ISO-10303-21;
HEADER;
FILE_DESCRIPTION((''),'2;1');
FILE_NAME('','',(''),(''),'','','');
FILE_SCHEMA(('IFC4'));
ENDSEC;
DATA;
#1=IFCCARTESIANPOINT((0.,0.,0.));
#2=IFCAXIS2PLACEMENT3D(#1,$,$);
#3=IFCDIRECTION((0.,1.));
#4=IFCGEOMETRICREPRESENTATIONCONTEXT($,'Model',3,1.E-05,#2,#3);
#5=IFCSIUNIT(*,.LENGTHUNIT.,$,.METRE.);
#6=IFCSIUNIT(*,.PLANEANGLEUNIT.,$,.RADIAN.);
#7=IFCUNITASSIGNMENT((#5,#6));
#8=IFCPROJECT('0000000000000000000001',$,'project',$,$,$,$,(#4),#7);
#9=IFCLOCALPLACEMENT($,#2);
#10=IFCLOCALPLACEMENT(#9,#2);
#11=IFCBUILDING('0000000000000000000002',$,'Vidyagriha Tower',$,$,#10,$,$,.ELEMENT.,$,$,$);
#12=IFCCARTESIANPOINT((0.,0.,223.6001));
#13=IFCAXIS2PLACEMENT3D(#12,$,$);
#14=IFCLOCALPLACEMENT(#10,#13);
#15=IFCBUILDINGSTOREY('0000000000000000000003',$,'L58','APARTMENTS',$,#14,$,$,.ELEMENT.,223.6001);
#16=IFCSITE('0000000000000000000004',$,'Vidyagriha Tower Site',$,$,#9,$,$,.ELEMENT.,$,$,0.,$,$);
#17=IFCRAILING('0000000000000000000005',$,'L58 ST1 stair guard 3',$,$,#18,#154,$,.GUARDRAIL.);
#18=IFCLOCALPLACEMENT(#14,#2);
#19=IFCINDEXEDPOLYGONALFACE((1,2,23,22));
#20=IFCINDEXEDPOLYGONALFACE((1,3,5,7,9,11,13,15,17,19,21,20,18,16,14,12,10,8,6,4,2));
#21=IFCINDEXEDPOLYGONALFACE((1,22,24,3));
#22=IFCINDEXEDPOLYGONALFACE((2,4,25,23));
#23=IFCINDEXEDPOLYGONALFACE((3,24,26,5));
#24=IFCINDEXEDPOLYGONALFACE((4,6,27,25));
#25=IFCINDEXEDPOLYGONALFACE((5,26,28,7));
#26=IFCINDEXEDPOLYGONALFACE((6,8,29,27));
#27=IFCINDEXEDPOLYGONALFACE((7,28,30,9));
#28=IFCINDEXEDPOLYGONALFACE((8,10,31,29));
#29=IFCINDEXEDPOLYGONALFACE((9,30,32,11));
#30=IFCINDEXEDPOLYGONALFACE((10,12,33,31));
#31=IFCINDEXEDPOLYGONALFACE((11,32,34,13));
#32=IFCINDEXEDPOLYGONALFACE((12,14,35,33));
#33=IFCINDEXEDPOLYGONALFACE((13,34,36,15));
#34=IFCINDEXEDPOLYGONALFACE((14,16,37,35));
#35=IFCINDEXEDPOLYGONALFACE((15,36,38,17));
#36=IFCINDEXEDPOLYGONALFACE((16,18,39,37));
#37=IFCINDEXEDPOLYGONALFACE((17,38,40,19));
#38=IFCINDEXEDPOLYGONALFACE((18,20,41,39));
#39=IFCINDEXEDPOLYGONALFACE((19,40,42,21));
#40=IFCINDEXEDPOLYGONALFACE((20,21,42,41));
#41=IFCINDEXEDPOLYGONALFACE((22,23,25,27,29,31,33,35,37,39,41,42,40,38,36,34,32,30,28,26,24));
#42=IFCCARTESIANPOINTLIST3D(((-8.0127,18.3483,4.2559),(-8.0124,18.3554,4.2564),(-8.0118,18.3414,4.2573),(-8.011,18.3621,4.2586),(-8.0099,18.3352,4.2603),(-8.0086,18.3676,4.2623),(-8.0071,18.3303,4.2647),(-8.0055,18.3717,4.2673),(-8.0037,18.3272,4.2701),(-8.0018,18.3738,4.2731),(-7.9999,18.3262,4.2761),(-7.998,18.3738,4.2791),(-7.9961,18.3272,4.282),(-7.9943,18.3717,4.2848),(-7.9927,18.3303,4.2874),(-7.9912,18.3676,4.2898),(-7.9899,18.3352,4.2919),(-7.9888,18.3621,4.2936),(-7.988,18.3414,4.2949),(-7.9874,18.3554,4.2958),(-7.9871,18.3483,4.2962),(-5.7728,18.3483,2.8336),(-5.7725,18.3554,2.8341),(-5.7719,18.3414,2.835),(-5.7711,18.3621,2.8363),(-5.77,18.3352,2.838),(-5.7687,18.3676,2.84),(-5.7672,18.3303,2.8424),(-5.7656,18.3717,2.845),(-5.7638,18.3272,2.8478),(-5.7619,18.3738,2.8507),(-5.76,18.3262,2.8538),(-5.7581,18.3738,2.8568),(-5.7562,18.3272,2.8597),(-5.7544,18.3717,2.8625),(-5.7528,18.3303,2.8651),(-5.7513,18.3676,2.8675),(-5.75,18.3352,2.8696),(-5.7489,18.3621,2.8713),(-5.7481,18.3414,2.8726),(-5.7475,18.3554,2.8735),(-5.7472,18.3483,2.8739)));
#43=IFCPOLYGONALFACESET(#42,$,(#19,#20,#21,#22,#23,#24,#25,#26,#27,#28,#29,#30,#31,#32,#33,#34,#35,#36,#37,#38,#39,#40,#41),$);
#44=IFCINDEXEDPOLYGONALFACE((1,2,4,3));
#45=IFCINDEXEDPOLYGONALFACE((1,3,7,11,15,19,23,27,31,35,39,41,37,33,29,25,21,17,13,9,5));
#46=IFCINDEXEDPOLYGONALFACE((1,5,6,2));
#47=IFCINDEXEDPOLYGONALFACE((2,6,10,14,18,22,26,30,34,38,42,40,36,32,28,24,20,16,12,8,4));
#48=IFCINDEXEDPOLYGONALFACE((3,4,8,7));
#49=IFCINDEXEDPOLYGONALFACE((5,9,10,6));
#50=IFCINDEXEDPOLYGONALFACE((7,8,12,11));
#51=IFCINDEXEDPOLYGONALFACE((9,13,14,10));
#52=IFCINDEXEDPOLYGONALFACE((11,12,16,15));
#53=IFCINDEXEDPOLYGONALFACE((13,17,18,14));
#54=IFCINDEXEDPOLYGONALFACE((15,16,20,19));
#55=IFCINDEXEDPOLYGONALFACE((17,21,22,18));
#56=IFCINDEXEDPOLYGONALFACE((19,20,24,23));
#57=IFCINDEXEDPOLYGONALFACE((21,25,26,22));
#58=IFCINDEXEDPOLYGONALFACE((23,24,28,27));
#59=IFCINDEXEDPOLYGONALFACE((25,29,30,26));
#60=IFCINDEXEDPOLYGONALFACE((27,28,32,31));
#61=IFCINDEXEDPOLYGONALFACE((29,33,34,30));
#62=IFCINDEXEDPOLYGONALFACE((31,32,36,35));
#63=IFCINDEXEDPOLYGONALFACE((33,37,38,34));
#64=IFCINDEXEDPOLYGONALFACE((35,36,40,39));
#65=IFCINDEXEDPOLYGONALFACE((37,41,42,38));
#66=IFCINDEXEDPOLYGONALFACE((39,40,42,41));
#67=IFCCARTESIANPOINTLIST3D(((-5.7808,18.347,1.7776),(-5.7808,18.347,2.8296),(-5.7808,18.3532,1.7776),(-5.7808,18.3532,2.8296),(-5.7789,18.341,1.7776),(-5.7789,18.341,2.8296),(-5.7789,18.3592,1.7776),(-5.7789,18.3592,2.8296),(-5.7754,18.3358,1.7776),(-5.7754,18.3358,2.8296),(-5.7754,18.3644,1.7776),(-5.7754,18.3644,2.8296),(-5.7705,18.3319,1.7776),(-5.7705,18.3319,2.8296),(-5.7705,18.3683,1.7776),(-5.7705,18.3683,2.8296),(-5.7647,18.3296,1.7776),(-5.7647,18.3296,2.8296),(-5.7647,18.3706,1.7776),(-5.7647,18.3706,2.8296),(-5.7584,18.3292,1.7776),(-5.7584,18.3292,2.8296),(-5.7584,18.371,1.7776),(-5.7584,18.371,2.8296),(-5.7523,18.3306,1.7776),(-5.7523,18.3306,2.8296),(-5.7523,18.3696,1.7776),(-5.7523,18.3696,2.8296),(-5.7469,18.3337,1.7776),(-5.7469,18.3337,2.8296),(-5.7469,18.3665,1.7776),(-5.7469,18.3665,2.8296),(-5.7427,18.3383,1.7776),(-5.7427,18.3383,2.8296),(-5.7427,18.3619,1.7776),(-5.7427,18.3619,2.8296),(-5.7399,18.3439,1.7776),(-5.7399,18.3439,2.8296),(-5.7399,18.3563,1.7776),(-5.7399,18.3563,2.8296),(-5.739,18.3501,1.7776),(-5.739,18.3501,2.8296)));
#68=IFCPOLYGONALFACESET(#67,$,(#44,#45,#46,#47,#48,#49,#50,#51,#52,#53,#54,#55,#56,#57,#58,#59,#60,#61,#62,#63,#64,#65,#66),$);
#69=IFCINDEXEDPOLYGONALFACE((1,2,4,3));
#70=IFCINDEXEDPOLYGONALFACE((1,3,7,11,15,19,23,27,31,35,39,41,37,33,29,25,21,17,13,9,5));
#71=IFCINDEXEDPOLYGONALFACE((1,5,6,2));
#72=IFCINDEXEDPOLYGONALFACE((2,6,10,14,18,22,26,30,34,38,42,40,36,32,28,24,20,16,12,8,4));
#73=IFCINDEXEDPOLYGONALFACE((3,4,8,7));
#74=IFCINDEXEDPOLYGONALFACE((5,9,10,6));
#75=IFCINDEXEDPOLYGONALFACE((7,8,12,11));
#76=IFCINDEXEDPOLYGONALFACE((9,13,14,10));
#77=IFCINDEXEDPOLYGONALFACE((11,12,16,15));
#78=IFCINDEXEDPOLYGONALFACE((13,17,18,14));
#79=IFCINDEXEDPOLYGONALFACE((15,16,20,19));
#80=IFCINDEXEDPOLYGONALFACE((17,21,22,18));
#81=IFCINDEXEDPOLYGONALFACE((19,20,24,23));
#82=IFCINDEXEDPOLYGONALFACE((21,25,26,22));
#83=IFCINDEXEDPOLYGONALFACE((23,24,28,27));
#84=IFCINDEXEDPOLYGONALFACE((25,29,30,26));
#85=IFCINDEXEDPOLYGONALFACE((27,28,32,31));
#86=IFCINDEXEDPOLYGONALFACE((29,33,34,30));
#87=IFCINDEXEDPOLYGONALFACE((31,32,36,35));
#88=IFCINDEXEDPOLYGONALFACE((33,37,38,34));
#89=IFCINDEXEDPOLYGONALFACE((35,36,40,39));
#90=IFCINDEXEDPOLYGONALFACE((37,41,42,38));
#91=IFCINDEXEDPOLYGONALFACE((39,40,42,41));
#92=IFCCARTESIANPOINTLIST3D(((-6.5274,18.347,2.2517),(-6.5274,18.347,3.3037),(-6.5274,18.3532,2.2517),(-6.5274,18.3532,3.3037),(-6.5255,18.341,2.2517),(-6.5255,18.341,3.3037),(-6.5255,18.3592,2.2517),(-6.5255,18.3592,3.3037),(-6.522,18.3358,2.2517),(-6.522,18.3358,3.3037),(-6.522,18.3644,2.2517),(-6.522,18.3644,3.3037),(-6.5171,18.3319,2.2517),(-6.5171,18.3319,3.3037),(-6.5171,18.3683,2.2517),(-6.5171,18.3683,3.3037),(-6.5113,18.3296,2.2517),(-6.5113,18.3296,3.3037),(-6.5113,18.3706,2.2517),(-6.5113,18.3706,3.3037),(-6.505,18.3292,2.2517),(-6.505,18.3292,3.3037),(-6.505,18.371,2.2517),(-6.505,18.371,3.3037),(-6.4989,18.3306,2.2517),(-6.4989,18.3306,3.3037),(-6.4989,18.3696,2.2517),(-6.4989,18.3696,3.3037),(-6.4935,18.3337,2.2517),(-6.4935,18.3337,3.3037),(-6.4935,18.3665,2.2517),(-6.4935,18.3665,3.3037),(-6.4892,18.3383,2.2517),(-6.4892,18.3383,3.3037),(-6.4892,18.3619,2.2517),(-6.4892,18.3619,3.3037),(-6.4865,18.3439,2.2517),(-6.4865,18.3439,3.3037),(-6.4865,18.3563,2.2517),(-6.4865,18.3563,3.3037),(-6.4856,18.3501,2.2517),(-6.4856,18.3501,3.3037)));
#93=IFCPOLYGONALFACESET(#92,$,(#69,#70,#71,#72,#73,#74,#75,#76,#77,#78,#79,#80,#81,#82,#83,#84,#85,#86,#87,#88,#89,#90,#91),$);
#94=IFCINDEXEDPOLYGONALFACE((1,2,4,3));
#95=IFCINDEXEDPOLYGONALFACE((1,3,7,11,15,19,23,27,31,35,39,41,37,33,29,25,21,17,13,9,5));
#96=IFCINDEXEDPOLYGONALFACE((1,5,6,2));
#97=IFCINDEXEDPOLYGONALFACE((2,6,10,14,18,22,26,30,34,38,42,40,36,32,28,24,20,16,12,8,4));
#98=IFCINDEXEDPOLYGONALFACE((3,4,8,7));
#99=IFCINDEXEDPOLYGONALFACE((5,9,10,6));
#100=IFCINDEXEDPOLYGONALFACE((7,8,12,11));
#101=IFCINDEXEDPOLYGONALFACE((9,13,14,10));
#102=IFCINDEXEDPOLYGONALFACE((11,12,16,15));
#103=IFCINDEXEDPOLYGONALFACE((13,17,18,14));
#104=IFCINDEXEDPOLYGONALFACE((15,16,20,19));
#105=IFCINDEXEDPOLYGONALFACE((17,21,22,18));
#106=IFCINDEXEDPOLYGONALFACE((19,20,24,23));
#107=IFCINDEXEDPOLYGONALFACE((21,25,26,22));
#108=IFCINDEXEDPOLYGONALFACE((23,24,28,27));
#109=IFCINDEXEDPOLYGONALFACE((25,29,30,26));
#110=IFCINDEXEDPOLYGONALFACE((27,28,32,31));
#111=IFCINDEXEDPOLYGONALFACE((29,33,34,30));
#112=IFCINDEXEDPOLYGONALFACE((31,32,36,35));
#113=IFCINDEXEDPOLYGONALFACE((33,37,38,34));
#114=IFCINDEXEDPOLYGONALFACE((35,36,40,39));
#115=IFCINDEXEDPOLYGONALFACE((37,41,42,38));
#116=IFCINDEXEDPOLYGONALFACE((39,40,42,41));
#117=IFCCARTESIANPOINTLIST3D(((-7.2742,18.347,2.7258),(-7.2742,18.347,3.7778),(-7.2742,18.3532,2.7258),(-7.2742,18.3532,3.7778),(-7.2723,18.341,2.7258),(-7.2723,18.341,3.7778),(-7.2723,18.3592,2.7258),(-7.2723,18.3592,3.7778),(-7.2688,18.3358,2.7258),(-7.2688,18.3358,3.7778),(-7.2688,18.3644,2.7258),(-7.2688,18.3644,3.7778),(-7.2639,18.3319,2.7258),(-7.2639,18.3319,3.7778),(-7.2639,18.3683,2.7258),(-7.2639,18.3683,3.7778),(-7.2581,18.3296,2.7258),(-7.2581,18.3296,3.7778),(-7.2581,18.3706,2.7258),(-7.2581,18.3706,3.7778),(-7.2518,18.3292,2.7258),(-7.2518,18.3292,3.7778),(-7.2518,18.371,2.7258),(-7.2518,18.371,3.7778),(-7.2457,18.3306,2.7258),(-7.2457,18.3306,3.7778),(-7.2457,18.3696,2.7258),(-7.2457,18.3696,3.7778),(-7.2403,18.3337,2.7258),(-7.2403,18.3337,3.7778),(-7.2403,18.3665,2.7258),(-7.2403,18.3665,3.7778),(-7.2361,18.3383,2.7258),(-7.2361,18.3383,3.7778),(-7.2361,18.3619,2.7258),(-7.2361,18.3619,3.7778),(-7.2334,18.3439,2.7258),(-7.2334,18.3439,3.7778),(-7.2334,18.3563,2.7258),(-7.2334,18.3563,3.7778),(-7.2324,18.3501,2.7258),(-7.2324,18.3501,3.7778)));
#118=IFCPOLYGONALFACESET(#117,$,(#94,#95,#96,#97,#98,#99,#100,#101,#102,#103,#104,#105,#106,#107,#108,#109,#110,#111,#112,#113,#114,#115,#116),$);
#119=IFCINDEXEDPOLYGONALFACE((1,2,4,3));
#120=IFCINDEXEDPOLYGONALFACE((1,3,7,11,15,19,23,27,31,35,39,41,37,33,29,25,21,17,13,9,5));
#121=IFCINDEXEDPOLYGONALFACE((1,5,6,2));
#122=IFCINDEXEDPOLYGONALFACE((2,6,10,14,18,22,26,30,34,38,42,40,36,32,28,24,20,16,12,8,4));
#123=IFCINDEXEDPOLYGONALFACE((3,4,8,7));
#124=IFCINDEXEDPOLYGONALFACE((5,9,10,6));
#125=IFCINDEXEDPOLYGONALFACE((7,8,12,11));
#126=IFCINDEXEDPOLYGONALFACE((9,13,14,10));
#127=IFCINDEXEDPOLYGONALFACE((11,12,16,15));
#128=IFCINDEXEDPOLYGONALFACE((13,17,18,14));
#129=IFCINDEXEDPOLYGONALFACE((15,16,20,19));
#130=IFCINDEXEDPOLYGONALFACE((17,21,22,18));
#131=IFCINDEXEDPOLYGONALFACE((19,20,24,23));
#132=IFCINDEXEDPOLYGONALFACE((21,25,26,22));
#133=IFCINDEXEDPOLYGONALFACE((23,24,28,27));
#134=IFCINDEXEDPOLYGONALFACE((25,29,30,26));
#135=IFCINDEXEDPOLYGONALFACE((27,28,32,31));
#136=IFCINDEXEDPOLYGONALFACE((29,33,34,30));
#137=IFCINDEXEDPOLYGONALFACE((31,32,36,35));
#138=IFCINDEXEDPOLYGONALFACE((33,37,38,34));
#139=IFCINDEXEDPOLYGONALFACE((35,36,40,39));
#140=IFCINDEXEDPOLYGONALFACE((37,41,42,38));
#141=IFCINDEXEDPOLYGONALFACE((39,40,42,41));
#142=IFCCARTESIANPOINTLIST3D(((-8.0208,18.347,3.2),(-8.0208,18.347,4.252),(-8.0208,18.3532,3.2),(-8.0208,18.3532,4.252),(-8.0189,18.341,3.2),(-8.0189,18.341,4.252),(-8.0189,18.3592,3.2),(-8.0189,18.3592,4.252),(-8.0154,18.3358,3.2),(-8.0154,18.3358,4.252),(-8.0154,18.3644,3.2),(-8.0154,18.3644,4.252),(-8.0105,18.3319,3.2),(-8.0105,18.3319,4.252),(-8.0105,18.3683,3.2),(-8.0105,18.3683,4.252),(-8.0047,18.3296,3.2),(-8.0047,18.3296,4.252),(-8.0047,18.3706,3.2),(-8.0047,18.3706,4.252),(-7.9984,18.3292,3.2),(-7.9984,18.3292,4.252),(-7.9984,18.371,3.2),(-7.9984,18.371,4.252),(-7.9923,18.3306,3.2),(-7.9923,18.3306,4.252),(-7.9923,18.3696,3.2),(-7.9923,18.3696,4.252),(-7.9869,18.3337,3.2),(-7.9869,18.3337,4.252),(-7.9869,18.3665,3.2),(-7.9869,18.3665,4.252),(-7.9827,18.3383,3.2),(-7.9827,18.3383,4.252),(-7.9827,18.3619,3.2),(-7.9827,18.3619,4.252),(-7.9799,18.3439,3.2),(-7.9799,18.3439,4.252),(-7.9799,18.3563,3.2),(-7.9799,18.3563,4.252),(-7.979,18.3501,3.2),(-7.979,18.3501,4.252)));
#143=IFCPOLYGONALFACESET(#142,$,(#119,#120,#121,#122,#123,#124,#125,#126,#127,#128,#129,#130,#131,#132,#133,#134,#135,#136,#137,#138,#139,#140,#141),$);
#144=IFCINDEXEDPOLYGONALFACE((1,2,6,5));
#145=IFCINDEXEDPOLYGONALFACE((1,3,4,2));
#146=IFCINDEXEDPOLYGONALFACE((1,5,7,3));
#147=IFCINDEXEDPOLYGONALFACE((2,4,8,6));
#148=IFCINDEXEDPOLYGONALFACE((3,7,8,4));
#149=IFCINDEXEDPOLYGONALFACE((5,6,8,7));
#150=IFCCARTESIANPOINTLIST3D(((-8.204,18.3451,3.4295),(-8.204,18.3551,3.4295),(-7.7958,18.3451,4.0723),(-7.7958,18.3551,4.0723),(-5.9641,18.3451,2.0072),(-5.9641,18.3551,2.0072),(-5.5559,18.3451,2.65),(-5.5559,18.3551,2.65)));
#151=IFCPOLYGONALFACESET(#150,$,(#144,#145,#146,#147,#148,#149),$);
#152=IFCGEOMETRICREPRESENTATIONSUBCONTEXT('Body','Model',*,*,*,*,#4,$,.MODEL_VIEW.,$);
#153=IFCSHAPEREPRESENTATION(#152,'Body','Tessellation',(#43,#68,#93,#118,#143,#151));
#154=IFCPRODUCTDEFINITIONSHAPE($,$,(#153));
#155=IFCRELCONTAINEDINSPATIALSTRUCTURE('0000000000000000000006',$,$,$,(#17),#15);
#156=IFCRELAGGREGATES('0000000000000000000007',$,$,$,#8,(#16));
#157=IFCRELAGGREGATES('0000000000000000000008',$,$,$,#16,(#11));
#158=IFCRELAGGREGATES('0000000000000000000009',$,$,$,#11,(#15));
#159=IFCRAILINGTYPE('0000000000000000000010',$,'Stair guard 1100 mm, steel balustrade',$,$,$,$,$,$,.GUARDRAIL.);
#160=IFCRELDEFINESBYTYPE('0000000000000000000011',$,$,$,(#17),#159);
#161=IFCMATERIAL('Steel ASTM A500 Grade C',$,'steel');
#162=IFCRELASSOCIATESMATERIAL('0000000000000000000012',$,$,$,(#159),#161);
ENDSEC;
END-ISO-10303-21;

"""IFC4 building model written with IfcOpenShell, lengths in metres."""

from ifc_helpers import new_model, si_unit, direction, frame, origin, origin_2d, place, context, subcontext, project, spatial, rectangle, circle, extrude, material, type_object, element, save


model = new_model("IFC4")

# Units and contexts
model_context = context("Model", 3, precision=1e-05, world=origin(), true_north=direction((0.0, 1.0)))
body_context = subcontext(model_context, "Body", "Model", "MODEL_VIEW")
ifc_project = project(units=[si_unit("LENGTHUNIT", "METRE"), si_unit("PLANEANGLEUNIT", "RADIAN")], contexts=[model_context])

# Site, building, storey
site_placement = place(None, origin())
site = spatial("IfcSite", under=ifc_project, at=site_placement, Name="Vidyagriha Tower Site", CompositionType="ELEMENT", RefElevation=0.0)
building_placement = place(site_placement, origin())
building = spatial("IfcBuilding", under=site, at=building_placement, Name="Vidyagriha Tower", CompositionType="ELEMENT")
storey_placement = place(building_placement, frame((0.0, 0.0, 223.6001)))
storey = spatial("IfcBuildingStorey", under=building, at=storey_placement, Name="L58", Description="APARTMENTS", CompositionType="ELEMENT", Elevation=223.6001)

# Railing
ifc_material_1 = material(Name="Steel ASTM A500 Grade C", Category="steel")
railing_type_1 = type_object("IfcRailingType", Name="Stair guard 1100 mm, steel balustrade", PredefinedType="GUARDRAIL", material=ifc_material_1)
railing_1_placement = place(storey_placement, frame((-5.76, 18.3501, 1.7776)))
element("IfcRailing", 1, at=railing_1_placement, inside=storey, type_object=railing_type_1, Name="L58 ST1 stair guard 3", PredefinedType="GUARDRAIL", context=body_context, shape_type="SweptSolid", body=[
    extrude(circle(Radius=0.0239, at=origin_2d()), frame((0.0, 0.0, 1.0762), z_axis=(-0.844188, 0.0, 0.536048), x_axis=(0.0, -1.0, 0.0)), (0.0, 0.0, 1.0), 2.6533),
    extrude(circle(Radius=0.021, at=origin_2d()), origin(), (0.0, 0.0, 1.0), 1.052),
    extrude(circle(Radius=0.021, at=origin_2d()), frame((-0.7466, 0.0, 0.4741)), (0.0, 0.0, 1.0), 1.052),
    extrude(circle(Radius=0.021, at=origin_2d()), frame((-1.4934, 0.0, 0.9482)), (0.0, 0.0, 1.0), 1.052),
    extrude(circle(Radius=0.021, at=origin_2d()), frame((-2.24, 0.0, 1.4224)), (0.0, 0.0, 1.0), 1.052),
    extrude(rectangle(XDim=0.01, YDim=0.7615, at=origin_2d()), frame((0.0, 0.0, 0.551), z_axis=(-0.844188, 0.0, 0.536048), x_axis=(0.0, -1.0, 0.0)), (0.0, 0.0, 1.0), 2.6533),
])

save(model, "model.ifc")
